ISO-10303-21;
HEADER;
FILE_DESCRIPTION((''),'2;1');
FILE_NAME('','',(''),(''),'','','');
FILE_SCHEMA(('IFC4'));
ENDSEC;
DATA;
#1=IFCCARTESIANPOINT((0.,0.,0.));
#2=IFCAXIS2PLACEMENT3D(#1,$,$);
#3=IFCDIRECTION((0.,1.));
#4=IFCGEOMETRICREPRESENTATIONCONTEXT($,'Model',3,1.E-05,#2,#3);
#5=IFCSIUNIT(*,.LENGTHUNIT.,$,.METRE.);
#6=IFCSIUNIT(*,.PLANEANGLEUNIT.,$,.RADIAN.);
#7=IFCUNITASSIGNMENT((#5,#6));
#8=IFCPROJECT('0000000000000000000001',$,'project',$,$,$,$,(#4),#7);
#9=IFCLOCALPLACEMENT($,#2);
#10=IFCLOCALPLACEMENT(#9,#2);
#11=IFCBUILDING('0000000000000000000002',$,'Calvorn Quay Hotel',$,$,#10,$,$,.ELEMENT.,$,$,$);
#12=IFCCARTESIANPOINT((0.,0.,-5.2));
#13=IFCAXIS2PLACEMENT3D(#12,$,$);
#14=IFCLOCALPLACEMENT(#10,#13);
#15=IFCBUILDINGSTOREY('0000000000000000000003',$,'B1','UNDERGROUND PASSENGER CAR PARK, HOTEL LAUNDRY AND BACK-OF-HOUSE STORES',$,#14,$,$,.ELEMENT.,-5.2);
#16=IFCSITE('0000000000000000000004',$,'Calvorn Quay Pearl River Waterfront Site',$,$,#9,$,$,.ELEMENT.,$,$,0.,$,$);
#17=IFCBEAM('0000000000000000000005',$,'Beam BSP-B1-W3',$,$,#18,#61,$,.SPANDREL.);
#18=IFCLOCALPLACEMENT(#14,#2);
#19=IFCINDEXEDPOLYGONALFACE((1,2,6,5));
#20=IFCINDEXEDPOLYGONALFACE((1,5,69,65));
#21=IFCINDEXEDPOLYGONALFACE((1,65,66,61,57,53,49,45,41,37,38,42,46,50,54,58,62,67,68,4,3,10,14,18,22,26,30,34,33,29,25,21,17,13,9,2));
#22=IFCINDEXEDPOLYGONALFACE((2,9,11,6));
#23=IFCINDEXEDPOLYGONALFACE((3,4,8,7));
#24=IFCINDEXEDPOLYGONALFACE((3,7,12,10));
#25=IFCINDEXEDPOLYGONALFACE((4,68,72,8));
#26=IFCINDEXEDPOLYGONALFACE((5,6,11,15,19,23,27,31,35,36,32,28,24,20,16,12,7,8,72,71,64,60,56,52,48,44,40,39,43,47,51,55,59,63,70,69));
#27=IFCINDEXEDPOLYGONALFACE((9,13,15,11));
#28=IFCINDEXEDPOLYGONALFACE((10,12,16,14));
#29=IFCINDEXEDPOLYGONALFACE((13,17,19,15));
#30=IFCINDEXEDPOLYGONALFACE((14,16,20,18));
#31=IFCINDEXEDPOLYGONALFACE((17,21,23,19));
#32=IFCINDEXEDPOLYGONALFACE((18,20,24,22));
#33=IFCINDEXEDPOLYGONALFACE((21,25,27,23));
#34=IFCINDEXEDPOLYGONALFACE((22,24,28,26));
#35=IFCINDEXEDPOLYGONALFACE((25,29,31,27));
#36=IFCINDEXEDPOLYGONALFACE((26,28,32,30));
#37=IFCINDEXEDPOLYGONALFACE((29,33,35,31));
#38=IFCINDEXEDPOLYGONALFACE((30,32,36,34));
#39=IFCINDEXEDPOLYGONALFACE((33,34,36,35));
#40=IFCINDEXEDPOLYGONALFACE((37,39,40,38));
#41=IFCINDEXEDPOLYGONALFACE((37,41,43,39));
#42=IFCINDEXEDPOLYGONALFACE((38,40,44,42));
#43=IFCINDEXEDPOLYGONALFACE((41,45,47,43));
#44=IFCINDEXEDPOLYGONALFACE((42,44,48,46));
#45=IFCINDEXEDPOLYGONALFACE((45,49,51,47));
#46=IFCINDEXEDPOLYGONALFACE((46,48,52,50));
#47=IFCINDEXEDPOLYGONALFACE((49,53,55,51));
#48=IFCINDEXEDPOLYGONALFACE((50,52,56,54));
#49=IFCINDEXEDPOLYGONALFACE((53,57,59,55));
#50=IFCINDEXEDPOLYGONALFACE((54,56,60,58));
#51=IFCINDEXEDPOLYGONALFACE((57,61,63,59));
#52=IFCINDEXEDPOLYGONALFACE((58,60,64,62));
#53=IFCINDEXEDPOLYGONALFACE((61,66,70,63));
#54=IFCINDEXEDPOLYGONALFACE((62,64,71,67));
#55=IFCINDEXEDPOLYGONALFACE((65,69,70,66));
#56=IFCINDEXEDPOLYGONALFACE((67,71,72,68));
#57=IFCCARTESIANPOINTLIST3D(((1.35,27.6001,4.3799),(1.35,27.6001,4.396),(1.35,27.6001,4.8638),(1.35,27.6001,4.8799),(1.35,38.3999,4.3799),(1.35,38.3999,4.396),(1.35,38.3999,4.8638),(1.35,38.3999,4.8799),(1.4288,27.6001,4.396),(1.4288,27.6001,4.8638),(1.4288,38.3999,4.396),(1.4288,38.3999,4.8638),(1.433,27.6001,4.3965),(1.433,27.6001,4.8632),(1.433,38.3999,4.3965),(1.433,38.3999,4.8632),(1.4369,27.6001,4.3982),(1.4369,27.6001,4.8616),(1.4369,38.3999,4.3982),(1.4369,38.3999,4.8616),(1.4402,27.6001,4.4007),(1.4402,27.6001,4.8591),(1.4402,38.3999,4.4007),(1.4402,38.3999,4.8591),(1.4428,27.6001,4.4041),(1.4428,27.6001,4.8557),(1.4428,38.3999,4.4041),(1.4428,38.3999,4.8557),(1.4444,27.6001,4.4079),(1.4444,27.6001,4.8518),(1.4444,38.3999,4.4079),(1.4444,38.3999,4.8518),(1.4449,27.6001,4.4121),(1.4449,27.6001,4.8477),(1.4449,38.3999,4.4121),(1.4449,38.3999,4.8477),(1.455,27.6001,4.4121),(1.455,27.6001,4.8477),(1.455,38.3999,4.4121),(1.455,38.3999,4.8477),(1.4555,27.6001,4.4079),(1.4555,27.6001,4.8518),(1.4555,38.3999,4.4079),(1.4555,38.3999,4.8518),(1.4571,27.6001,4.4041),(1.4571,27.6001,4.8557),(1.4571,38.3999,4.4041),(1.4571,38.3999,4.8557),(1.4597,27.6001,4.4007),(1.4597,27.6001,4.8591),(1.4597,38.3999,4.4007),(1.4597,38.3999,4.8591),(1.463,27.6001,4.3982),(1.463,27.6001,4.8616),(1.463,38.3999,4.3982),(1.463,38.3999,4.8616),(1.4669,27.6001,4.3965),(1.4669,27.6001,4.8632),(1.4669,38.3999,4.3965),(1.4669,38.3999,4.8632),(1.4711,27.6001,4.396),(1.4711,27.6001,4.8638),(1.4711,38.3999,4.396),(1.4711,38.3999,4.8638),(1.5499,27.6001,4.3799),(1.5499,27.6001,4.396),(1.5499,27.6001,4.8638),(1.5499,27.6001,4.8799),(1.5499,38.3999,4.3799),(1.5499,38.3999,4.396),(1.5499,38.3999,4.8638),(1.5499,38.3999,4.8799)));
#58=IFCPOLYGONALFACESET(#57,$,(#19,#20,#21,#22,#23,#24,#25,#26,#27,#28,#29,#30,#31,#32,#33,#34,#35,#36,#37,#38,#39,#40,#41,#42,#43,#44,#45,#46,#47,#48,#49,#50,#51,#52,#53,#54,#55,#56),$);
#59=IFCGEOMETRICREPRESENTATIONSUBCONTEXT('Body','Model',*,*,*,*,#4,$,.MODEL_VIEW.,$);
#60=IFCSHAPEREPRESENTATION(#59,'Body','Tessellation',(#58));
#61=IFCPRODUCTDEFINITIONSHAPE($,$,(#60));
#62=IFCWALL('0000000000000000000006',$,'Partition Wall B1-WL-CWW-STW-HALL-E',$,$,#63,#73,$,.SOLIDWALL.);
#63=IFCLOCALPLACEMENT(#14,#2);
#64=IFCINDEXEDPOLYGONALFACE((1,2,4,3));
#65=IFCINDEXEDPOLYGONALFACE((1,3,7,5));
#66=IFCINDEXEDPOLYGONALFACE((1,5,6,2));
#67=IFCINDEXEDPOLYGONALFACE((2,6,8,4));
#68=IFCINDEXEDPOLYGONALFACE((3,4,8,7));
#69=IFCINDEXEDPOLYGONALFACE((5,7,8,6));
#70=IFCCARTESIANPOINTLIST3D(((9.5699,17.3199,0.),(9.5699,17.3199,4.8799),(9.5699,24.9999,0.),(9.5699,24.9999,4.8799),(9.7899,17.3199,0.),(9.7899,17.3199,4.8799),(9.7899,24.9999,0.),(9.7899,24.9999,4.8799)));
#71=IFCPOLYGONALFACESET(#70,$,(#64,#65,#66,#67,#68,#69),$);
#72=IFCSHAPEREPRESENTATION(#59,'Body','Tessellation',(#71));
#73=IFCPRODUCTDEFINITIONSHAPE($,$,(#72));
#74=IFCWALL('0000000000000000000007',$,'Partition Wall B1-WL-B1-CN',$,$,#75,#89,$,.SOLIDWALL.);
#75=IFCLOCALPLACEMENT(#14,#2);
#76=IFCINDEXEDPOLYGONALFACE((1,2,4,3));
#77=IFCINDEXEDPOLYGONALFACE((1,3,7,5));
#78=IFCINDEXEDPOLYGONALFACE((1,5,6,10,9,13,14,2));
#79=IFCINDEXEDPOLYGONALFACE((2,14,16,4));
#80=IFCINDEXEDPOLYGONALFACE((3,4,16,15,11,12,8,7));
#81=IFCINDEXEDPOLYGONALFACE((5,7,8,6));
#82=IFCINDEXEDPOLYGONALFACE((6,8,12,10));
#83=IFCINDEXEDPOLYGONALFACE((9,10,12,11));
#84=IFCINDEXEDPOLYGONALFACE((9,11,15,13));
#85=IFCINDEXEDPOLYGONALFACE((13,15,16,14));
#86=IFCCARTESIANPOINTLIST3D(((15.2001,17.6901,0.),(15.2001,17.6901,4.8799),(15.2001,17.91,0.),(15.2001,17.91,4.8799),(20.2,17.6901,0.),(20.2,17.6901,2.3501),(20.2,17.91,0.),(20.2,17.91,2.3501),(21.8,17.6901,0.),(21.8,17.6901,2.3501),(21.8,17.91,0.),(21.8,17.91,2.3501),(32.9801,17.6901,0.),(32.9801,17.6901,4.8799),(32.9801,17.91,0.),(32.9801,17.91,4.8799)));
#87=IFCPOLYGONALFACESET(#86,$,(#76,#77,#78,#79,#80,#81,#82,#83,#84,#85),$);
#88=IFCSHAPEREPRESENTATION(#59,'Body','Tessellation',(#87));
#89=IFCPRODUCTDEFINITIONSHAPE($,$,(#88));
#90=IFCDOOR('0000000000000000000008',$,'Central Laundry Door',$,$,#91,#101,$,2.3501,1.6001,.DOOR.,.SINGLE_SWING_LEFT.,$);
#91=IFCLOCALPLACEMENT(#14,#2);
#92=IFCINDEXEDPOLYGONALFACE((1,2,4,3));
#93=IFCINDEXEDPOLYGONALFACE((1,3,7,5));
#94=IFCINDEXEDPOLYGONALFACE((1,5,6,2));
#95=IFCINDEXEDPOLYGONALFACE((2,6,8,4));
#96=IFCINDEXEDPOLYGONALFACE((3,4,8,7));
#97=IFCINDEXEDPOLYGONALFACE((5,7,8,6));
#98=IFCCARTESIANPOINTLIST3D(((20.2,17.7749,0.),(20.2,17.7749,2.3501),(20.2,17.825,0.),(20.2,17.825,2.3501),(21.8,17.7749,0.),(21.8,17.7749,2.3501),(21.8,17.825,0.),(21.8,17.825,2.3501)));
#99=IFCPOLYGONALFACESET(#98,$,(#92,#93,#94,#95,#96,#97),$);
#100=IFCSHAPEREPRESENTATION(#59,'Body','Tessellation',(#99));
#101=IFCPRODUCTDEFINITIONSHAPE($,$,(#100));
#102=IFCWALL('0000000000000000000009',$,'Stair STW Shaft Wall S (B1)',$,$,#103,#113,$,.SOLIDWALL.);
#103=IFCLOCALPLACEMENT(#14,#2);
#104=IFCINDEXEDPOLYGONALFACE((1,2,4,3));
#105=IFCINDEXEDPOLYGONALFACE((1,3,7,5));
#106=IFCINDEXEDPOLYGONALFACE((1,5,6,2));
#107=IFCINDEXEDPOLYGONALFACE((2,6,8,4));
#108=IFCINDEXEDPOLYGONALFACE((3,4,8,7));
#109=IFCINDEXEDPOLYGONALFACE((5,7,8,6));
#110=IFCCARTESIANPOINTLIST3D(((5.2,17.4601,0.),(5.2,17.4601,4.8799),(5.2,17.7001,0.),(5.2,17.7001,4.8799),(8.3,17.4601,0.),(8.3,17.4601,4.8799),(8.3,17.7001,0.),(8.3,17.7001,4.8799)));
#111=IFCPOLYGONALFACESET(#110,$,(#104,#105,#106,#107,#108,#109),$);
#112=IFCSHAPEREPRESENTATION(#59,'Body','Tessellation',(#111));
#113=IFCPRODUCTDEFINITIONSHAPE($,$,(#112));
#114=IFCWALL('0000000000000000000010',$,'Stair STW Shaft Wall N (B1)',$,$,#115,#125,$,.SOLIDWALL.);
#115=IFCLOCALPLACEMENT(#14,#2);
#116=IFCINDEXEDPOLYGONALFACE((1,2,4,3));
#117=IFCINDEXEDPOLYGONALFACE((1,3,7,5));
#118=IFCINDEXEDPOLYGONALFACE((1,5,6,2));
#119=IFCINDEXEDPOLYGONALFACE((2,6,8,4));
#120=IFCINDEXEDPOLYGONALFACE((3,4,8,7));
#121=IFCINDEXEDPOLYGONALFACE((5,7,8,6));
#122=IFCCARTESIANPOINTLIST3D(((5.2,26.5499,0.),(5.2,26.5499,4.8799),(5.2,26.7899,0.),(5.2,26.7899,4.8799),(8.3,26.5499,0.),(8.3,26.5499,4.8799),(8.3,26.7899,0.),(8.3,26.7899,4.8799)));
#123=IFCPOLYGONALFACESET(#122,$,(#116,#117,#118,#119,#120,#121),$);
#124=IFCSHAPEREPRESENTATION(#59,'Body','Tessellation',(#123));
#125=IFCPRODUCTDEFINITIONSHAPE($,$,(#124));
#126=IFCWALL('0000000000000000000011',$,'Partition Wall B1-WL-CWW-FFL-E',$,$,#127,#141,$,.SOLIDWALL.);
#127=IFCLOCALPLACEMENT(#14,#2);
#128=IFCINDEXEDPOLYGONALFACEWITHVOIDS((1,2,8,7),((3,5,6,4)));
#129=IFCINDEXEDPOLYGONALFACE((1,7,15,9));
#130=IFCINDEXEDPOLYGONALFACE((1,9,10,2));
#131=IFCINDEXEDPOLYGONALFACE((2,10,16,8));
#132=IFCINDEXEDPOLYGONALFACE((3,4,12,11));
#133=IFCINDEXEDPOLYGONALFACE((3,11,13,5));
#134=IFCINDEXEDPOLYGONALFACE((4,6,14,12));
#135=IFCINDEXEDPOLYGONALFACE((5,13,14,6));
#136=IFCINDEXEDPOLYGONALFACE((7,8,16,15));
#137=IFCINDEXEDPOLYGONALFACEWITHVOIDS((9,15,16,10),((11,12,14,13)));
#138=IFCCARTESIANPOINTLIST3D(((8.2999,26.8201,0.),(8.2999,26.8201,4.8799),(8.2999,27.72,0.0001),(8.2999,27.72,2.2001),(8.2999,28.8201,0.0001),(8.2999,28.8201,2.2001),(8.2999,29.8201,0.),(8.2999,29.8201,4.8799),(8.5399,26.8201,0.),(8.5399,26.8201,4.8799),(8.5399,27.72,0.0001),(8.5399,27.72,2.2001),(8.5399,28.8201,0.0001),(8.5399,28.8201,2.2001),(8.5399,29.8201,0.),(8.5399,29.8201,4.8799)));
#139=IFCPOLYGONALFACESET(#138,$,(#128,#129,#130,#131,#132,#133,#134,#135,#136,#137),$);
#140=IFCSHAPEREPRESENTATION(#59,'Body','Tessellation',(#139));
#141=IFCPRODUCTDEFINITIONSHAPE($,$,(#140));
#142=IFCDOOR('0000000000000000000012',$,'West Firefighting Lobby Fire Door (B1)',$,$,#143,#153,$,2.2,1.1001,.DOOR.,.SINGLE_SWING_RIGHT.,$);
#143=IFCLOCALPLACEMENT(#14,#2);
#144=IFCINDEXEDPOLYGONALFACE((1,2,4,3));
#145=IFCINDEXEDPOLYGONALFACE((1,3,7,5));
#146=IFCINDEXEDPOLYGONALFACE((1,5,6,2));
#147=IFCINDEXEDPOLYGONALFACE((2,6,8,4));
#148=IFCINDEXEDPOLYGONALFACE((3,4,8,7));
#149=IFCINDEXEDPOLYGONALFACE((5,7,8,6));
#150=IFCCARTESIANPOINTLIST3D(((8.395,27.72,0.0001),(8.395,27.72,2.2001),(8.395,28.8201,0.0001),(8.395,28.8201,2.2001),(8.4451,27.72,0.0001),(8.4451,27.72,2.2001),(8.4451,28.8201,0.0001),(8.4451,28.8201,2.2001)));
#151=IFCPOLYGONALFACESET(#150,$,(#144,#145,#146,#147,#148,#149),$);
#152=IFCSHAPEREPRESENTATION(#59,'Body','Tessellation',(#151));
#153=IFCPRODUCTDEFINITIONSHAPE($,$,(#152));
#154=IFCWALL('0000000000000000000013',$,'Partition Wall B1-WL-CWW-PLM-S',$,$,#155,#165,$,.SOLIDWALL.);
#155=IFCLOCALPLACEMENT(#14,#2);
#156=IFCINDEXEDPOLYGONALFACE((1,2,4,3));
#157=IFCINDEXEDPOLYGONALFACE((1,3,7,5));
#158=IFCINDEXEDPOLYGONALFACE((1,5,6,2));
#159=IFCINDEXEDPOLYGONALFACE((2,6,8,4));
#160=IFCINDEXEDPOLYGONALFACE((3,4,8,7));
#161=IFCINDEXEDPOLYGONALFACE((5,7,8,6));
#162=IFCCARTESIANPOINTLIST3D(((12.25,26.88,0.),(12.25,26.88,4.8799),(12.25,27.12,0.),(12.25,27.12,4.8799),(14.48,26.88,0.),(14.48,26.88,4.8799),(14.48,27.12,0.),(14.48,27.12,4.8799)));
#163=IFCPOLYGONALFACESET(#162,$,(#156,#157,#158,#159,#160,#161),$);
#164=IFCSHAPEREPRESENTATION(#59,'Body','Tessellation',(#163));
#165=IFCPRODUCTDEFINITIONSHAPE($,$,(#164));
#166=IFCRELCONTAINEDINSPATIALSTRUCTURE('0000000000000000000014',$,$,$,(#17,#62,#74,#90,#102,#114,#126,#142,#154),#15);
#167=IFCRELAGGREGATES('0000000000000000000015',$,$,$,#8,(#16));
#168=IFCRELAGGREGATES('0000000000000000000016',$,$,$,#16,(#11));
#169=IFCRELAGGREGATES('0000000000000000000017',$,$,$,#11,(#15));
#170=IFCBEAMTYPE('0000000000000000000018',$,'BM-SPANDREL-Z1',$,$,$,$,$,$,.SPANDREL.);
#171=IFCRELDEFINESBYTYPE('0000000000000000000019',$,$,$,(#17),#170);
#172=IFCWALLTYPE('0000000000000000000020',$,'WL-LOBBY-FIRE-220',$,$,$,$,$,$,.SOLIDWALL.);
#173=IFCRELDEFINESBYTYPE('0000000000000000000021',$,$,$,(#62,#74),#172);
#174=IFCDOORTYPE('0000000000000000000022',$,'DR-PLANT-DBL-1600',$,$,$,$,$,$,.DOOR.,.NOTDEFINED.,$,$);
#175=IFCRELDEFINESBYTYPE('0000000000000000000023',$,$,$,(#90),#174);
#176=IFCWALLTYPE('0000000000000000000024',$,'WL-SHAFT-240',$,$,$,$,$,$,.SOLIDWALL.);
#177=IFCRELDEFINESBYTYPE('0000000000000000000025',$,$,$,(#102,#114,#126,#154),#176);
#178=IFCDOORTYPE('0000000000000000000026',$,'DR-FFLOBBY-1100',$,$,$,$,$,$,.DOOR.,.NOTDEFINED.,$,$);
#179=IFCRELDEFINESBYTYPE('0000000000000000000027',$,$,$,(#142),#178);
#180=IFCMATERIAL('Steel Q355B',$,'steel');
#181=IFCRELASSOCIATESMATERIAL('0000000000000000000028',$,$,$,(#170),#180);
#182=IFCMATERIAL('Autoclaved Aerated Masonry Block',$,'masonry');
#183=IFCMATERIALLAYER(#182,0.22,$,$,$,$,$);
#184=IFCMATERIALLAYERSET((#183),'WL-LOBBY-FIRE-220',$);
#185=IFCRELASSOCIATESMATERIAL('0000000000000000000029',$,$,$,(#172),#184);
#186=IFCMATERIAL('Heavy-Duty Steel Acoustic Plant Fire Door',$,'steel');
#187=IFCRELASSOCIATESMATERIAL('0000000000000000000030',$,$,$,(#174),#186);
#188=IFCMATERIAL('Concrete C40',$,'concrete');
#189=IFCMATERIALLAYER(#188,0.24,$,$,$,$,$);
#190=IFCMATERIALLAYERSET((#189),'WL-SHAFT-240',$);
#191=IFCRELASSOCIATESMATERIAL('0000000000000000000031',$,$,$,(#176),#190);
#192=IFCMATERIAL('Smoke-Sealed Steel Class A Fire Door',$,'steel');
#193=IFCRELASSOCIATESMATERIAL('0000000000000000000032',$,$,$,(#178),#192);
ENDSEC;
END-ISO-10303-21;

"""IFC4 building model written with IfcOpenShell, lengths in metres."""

from ifc_helpers import new_model, si_unit, direction, frame, frame_2d, origin, origin_2d, place, context, subcontext, project, spatial, rectangle, i_section, extrude, material, layer, layer_set, material_profile, profile_set, type_object, element, fill, save


model = new_model("IFC4")

# Units and contexts
model_context = context("Model", 3, precision=1e-05, world=origin(), true_north=direction((0.0, 1.0)))
body_context = subcontext(model_context, "Body", "Model", "MODEL_VIEW")
ifc_project = project(units=[si_unit("LENGTHUNIT", "METRE"), si_unit("PLANEANGLEUNIT", "RADIAN")], contexts=[model_context])

# Site, building, storey
site_placement = place(None, origin())
site = spatial("IfcSite", under=ifc_project, at=site_placement, Name="Calvorn Quay Pearl River Waterfront Site", CompositionType="ELEMENT", RefElevation=0.0)
building_placement = place(site_placement, origin())
building = spatial("IfcBuilding", under=site, at=building_placement, Name="Calvorn Quay Hotel", CompositionType="ELEMENT")
storey_placement = place(building_placement, frame((0.0, 0.0, -5.2)))
storey = spatial("IfcBuildingStorey", under=building, at=storey_placement, Name="B1", Description="UNDERGROUND PASSENGER CAR PARK, HOTEL LAUNDRY AND BACK-OF-HOUSE STORES", CompositionType="ELEMENT", Elevation=-5.2)

# Beam
ifc_material_1 = material(Name="Steel Q355B", Category="steel")
ifc_material_profile_1 = material_profile(ifc_material_1, i_section(OverallWidth=0.2, OverallDepth=0.5, WebThickness=0.01, FlangeThickness=0.0161, FilletRadius=0.0161, at=origin_2d()), Name="HN500x200x10x16")
ifc_profile_set_1 = profile_set([ifc_material_profile_1], Name="Steel Q355B")
beam_type_1 = type_object("IfcBeamType", Name="BM-SPANDREL-Z1", PredefinedType="SPANDREL", material=ifc_profile_set_1)
beam_1_placement = place(storey_placement, frame((1.45, 27.6001, 4.6299), z_axis=(0.0, 1.0, 0.0), x_axis=(-1.0, 0.0, 0.0)))
element("IfcBeam", 1, at=beam_1_placement, inside=storey, type_object=beam_type_1, Name="Beam BSP-B1-W3", PredefinedType="SPANDREL", context=body_context, shape_type="SweptSolid", body=[
    extrude(i_section(OverallWidth=0.2, OverallDepth=0.5, WebThickness=0.01, FlangeThickness=0.0161, FilletRadius=0.0161, at=origin_2d()), origin(), (0.0, 0.0, 1.0), 10.7998),
])

# Wall
ifc_material_2 = material(Name="Autoclaved Aerated Masonry Block", Category="masonry")
ifc_layer_1 = layer(ifc_material_2, 0.22)
ifc_layer_set_1 = layer_set([ifc_layer_1], Name="WL-LOBBY-FIRE-220")
wall_type_1 = type_object("IfcWallType", Name="WL-LOBBY-FIRE-220", PredefinedType="SOLIDWALL", material=ifc_layer_set_1)
wall_1_placement = place(storey_placement, frame((9.6799, 17.3201, 0.0), z_axis=(0.0, 0.0, 1.0), x_axis=(0.0, 1.0, 0.0)))
element("IfcWall", 2, at=wall_1_placement, inside=storey, type_object=wall_type_1, Name="Partition Wall B1-WL-CWW-STW-HALL-E", PredefinedType="SOLIDWALL", context=body_context, shape_type="SweptSolid", body=[
    extrude(rectangle(XDim=7.6799, YDim=0.22, at=frame_2d((3.8398, 0.0))), origin(), (0.0, 0.0, 1.0), 4.8799),
])

# Wall, opening, door
wall_2_placement = place(storey_placement, frame((15.2, 17.8, 0.0), z_axis=(0.0, 0.0, 1.0), x_axis=(1.0, 0.0, 0.0)))
wall_2 = element("IfcWall", 3, at=wall_2_placement, inside=storey, type_object=wall_type_1, Name="Partition Wall B1-WL-B1-CN", PredefinedType="SOLIDWALL", context=body_context, shape_type="SweptSolid", body=[
    extrude(rectangle(XDim=17.78, YDim=0.22, at=frame_2d((8.8901, 0.0))), origin(), (0.0, 0.0, 1.0), 4.8799),
])
opening_1_placement = place(wall_2_placement, frame((5.0, 0.0, 0.0)))
opening_1 = element("IfcOpeningElement", 4, at=opening_1_placement, cuts=wall_2, PredefinedType="OPENING", context=body_context, shape_type="SweptSolid", body=[
    extrude(rectangle(XDim=1.6001, YDim=2.3501, at=frame_2d((0.8, 1.175))), frame((0.0, 0.1199, 0.0), z_axis=(0.0, -1.0, 0.0), x_axis=(1.0, 0.0, 0.0)), (0.0, 0.0, 1.0), 0.24),
])
ifc_material_3 = material(Name="Heavy-Duty Steel Acoustic Plant Fire Door", Category="steel")
door_type_1 = type_object("IfcDoorType", Name="DR-PLANT-DBL-1600", OperationType="NOTDEFINED", PredefinedType="DOOR", material=ifc_material_3)
door_1_placement = place(opening_1_placement, origin())
door_1 = element("IfcDoor", 5, at=door_1_placement, inside=storey, type_object=door_type_1, Name="Central Laundry Door", OperationType="SINGLE_SWING_LEFT", OverallHeight=2.3501, OverallWidth=1.6001, PredefinedType="DOOR", context=body_context, shape_type="SweptSolid", body=[
    extrude(rectangle(XDim=1.6001, YDim=2.3501, at=frame_2d((0.8, 1.175))), frame((0.0, 0.0249, 0.0), z_axis=(0.0, -1.0, 0.0), x_axis=(1.0, 0.0, 0.0)), (0.0, 0.0, 1.0), 0.05),
])
fill(opening_1, door_1)

# Walls
ifc_material_4 = material(Name="Concrete C40", Category="concrete")
ifc_layer_2 = layer(ifc_material_4, 0.24)
ifc_layer_set_2 = layer_set([ifc_layer_2], Name="WL-SHAFT-240")
wall_type_2 = type_object("IfcWallType", Name="WL-SHAFT-240", PredefinedType="SOLIDWALL", material=ifc_layer_set_2)
for number, where, z_axis, x_axis, name in (
    (6, (5.2, 17.5801, 0.0), (0.0, 0.0, 1.0), (1.0, 0.0, 0.0), "Stair STW Shaft Wall S (B1)"),
    (7, (5.2, 26.6699, 0.0), (0.0, 0.0, 1.0), (1.0, 0.0, 0.0), "Stair STW Shaft Wall N (B1)"),
):
    element("IfcWall", number, at=place(storey_placement, frame(where, z_axis=z_axis, x_axis=x_axis)), inside=storey, type_object=wall_type_2, Name=name, PredefinedType="SOLIDWALL", context=body_context, shape_type="SweptSolid", body=[
        extrude(rectangle(XDim=3.1001, YDim=0.24, at=frame_2d((1.55, 0.0))), origin(), (0.0, 0.0, 1.0), 4.8799),
    ])

# Wall, opening, door
wall_3_placement = place(storey_placement, frame((8.4199, 26.8201, 0.0), z_axis=(0.0, 0.0, 1.0), x_axis=(0.0, 1.0, 0.0)))
wall_3 = element("IfcWall", 8, at=wall_3_placement, inside=storey, type_object=wall_type_2, Name="Partition Wall B1-WL-CWW-FFL-E", PredefinedType="SOLIDWALL", context=body_context, shape_type="SweptSolid", body=[
    extrude(rectangle(XDim=3.0, YDim=0.24, at=frame_2d((1.5, 0.0))), origin(), (0.0, 0.0, 1.0), 4.8799),
])
opening_2_placement = place(wall_3_placement, frame((0.8999, 0.0, 0.0)))
opening_2 = element("IfcOpeningElement", 9, at=opening_2_placement, cuts=wall_3, PredefinedType="OPENING", context=body_context, shape_type="SweptSolid", body=[
    extrude(rectangle(XDim=1.1001, YDim=2.2, at=frame_2d((0.55, 1.1001))), frame((0.0, 0.1299, 0.0), z_axis=(0.0, -1.0, 0.0), x_axis=(1.0, 0.0, 0.0)), (0.0, 0.0, 1.0), 0.26),
])
ifc_material_5 = material(Name="Smoke-Sealed Steel Class A Fire Door", Category="steel")
door_type_2 = type_object("IfcDoorType", Name="DR-FFLOBBY-1100", OperationType="NOTDEFINED", PredefinedType="DOOR", material=ifc_material_5)
door_2_placement = place(opening_2_placement, origin())
door_2 = element("IfcDoor", 10, at=door_2_placement, inside=storey, type_object=door_type_2, Name="West Firefighting Lobby Fire Door (B1)", OperationType="SINGLE_SWING_RIGHT", OverallHeight=2.2, OverallWidth=1.1001, PredefinedType="DOOR", context=body_context, shape_type="SweptSolid", body=[
    extrude(rectangle(XDim=1.1001, YDim=2.2, at=frame_2d((0.55, 1.1001))), frame((0.0, 0.0249, 0.0), z_axis=(0.0, -1.0, 0.0), x_axis=(1.0, 0.0, 0.0)), (0.0, 0.0, 1.0), 0.05),
])
fill(opening_2, door_2)

# Wall
wall_4_placement = place(storey_placement, frame((12.25, 27.0, 0.0), z_axis=(0.0, 0.0, 1.0), x_axis=(1.0, 0.0, 0.0)))
element("IfcWall", 11, at=wall_4_placement, inside=storey, type_object=wall_type_2, Name="Partition Wall B1-WL-CWW-PLM-S", PredefinedType="SOLIDWALL", context=body_context, shape_type="SweptSolid", body=[
    extrude(rectangle(XDim=2.23, YDim=0.24, at=frame_2d((1.115, 0.0))), origin(), (0.0, 0.0, 1.0), 4.8799),
])

save(model, "model.ifc")
